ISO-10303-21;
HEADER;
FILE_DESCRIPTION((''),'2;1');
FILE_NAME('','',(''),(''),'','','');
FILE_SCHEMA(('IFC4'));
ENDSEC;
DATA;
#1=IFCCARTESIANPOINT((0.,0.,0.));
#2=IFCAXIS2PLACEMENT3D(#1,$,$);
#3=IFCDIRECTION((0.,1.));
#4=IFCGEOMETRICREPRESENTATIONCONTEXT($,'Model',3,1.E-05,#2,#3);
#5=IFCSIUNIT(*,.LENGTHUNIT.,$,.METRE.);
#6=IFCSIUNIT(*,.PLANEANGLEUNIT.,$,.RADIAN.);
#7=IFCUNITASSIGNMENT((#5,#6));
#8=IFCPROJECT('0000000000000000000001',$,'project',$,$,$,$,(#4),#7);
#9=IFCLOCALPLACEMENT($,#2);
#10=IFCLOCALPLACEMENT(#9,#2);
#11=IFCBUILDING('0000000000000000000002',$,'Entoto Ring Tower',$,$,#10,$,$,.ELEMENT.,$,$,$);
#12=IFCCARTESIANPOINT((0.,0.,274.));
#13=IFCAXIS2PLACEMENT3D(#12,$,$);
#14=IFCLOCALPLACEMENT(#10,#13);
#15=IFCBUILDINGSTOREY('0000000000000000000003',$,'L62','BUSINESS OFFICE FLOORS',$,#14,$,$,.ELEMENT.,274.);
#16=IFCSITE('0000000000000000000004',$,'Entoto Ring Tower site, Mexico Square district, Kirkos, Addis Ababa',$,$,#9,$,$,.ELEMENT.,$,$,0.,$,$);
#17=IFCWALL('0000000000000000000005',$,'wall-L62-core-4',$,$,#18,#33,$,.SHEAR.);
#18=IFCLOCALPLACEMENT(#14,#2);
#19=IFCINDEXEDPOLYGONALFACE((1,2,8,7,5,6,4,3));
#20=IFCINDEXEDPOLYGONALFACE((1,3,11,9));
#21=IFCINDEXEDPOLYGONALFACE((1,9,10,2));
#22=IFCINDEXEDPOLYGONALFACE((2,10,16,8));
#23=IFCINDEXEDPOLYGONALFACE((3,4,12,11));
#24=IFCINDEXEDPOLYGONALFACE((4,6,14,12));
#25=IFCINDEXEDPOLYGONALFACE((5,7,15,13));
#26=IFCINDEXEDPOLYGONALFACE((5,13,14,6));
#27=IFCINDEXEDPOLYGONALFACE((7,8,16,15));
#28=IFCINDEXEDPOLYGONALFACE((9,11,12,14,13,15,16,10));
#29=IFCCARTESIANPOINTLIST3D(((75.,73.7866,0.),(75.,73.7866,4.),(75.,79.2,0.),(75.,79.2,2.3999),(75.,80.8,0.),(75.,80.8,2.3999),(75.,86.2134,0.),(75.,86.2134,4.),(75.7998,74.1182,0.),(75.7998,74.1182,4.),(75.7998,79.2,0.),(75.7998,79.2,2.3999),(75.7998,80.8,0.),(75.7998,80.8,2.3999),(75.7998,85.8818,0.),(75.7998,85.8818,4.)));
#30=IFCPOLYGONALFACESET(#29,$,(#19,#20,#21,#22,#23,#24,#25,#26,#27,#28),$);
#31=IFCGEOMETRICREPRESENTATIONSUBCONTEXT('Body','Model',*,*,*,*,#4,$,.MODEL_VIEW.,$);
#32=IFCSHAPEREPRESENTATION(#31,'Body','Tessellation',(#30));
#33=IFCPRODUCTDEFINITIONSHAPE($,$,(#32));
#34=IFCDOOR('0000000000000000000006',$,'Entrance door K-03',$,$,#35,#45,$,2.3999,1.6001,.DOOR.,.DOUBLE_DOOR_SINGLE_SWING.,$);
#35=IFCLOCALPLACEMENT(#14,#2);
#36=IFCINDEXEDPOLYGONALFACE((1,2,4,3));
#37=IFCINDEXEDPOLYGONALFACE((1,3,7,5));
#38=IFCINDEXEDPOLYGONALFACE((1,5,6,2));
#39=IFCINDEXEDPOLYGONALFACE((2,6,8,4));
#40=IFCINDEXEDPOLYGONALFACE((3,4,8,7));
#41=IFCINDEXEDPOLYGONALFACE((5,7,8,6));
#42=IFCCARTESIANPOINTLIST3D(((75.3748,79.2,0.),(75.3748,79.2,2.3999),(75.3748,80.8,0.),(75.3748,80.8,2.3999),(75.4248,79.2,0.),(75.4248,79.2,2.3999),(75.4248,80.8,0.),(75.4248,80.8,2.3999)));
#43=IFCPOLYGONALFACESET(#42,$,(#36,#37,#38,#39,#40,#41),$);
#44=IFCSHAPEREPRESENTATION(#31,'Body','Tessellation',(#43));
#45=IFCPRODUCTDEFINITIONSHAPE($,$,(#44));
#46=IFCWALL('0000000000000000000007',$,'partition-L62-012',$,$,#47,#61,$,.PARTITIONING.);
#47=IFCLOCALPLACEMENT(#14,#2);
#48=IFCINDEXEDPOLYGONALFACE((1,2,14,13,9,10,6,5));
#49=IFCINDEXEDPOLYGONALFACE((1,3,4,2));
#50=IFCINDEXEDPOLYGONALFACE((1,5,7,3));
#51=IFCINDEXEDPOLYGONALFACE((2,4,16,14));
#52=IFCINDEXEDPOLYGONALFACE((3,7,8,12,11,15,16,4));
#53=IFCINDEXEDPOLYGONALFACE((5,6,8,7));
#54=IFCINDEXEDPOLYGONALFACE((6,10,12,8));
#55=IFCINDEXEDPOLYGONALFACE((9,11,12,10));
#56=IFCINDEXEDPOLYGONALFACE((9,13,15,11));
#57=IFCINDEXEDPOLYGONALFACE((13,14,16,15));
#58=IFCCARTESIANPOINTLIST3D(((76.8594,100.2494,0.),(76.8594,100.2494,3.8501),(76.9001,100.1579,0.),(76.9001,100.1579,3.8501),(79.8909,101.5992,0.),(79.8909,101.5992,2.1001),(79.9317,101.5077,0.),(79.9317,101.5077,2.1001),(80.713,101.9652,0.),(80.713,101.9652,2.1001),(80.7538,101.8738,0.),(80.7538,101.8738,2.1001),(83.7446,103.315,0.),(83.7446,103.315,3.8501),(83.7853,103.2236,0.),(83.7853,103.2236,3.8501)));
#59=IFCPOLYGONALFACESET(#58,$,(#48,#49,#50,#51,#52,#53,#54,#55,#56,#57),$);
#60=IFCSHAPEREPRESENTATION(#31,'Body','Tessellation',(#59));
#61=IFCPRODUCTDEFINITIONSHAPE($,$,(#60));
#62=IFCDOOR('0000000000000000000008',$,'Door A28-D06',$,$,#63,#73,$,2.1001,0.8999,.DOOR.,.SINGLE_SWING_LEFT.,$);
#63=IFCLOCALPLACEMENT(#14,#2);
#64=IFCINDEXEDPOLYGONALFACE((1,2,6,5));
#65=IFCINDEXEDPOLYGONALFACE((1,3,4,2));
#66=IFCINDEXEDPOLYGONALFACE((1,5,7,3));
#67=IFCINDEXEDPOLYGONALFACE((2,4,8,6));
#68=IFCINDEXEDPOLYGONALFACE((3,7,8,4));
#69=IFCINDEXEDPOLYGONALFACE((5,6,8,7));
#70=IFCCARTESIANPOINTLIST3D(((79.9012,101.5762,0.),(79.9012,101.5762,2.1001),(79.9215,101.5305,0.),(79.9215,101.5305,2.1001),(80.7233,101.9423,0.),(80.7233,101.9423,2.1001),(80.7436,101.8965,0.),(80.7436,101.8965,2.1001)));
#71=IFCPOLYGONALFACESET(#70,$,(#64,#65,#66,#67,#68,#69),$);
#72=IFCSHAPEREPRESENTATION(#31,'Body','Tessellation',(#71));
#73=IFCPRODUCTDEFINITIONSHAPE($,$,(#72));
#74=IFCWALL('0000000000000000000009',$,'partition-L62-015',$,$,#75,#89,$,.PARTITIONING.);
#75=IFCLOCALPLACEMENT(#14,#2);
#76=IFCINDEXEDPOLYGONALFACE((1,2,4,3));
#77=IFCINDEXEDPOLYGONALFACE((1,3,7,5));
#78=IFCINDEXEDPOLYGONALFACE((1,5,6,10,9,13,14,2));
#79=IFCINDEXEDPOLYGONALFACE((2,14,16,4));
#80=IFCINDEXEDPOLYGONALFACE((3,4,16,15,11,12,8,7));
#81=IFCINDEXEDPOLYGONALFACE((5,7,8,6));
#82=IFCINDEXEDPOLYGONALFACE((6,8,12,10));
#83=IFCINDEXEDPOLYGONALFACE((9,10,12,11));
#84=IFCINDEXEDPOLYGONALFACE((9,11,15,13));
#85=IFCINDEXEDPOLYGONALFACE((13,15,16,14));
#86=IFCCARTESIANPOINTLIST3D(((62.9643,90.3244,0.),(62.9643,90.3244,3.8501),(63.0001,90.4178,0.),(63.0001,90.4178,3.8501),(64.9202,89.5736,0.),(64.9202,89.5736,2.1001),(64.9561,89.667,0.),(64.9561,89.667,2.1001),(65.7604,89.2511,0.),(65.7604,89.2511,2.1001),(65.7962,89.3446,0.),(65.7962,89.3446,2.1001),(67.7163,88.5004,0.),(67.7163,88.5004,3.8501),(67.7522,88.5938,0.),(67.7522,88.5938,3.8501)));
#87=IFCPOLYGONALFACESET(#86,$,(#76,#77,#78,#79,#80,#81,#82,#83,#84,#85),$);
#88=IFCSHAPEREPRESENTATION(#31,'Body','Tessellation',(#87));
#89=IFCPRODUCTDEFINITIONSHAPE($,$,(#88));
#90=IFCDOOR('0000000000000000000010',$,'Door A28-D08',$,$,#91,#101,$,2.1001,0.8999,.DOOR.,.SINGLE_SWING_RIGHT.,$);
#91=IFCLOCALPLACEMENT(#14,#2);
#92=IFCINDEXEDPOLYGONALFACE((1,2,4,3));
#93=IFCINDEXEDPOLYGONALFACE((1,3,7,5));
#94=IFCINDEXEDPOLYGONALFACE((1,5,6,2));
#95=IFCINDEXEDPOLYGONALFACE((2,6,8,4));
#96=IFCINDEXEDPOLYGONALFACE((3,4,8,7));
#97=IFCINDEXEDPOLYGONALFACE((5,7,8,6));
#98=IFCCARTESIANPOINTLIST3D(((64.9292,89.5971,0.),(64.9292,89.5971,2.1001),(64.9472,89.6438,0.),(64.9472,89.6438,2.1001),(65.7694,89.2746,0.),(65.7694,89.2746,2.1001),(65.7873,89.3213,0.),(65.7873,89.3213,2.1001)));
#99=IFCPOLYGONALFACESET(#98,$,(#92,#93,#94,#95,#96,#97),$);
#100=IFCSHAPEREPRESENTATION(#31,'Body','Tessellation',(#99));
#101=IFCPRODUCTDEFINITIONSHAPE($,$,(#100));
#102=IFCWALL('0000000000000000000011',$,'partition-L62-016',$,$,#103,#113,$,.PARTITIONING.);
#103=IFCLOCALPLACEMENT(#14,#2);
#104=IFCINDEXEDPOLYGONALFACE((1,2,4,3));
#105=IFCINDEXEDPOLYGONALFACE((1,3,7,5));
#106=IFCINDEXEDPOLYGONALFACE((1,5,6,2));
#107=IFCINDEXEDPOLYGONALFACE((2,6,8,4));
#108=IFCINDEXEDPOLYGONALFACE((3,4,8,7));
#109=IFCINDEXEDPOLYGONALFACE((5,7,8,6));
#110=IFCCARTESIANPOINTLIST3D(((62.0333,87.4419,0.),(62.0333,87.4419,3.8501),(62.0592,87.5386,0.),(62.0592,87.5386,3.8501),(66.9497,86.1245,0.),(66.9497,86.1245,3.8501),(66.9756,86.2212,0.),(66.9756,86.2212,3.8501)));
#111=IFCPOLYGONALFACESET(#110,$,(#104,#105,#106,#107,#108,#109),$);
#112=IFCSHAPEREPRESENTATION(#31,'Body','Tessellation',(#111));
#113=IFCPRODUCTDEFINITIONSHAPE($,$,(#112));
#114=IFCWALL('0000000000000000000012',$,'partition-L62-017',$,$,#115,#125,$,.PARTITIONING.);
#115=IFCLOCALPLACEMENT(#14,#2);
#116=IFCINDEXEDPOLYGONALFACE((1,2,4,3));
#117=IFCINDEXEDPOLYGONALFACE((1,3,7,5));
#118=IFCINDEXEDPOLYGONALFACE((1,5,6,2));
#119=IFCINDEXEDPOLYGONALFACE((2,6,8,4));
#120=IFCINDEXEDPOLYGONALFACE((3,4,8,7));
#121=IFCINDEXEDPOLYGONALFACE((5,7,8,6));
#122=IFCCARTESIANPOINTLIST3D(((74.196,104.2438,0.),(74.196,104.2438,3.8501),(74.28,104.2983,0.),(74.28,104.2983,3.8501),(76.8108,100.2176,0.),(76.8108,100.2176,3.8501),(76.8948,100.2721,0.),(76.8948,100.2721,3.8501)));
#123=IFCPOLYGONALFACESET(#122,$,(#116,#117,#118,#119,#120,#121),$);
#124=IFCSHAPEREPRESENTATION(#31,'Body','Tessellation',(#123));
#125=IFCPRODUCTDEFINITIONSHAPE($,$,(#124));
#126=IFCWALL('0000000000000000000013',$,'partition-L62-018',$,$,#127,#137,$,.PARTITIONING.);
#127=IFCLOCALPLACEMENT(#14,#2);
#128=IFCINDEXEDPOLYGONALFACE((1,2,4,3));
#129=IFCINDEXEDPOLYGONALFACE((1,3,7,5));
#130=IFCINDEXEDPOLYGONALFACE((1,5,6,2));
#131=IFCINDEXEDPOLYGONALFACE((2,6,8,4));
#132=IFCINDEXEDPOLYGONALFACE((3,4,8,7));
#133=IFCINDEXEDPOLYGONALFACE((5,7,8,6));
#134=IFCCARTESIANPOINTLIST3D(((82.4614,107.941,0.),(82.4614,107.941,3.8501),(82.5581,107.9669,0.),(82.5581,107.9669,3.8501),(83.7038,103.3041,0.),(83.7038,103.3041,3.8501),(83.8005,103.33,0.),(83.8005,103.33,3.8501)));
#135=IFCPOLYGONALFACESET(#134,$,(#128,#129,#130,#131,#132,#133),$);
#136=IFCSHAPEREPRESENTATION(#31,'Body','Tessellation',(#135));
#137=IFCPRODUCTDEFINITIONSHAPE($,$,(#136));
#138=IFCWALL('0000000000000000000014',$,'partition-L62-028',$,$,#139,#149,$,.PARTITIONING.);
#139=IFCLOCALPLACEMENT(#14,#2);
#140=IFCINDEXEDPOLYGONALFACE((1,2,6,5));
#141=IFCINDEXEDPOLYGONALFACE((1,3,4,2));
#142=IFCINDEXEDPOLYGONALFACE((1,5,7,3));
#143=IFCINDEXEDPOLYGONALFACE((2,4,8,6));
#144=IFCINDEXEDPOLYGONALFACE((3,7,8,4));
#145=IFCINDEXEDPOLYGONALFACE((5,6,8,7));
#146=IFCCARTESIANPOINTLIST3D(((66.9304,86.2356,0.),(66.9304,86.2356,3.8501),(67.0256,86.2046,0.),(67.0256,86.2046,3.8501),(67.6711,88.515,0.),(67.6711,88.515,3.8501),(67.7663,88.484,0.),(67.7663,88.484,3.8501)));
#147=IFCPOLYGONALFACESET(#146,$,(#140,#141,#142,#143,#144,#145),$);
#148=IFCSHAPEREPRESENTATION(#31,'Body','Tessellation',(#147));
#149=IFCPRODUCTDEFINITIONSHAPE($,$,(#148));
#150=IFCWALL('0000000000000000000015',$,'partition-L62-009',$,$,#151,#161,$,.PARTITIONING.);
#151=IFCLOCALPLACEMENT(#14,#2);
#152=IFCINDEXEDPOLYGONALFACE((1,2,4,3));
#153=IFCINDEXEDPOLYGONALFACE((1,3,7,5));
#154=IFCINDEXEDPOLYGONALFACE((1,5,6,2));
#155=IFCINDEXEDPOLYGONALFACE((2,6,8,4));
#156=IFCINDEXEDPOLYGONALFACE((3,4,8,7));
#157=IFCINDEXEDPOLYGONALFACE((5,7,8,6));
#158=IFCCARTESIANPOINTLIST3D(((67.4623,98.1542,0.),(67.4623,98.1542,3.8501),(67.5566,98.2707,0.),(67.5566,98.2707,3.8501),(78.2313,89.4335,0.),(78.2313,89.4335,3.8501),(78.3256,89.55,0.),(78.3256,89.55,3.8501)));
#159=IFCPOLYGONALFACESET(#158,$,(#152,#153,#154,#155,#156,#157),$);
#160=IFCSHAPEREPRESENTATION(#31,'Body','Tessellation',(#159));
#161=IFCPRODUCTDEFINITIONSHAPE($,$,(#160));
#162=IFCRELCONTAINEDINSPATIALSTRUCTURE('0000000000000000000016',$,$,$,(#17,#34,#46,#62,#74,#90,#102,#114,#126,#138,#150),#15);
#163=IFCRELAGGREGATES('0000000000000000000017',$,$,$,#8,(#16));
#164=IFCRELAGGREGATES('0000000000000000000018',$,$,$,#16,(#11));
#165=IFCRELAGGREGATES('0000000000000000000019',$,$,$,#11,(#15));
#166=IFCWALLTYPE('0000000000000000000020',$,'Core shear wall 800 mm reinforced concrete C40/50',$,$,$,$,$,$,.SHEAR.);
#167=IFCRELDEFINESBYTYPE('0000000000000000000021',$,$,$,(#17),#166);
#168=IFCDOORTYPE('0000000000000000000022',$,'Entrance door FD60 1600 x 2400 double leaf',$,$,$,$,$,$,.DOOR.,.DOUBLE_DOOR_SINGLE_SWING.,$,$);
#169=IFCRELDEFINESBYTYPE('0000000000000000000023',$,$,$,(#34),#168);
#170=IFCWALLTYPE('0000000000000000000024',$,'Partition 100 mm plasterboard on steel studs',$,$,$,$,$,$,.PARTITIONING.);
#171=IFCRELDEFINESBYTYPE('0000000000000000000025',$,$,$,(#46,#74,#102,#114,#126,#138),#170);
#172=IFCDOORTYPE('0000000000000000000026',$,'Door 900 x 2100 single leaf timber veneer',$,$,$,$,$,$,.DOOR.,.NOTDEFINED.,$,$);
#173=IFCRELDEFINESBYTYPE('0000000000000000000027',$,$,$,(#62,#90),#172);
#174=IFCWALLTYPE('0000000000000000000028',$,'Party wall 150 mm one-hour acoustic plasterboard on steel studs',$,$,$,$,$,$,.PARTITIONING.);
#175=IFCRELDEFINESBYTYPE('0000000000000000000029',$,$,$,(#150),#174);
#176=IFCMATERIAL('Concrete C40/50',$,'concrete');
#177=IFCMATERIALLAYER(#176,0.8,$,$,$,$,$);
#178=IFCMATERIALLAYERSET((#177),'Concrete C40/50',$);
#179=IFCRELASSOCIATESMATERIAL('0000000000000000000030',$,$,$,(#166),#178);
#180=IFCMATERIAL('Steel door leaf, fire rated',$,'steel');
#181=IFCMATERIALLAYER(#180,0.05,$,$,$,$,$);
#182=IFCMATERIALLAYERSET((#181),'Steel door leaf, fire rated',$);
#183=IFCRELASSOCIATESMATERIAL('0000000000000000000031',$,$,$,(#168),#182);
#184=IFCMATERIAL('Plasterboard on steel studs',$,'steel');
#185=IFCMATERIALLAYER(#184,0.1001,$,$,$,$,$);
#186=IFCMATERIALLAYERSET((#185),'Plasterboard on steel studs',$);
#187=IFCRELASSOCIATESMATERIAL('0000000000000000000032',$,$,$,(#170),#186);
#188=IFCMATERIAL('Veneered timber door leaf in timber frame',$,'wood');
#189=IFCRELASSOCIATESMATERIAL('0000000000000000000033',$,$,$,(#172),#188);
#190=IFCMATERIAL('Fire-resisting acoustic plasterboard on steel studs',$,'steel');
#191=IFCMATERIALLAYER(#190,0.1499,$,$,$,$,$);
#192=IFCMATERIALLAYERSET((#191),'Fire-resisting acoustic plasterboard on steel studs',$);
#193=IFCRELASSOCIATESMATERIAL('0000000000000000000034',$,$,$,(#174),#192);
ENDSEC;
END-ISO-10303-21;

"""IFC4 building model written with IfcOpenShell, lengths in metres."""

from ifc_helpers import new_model, si_unit, direction, frame, frame_2d, origin, place, context, subcontext, project, spatial, polyline, rectangle, outline, extrude, material, layer, layer_set, type_object, element, fill, save


model = new_model("IFC4")

# Units and contexts
model_context = context("Model", 3, precision=1e-05, world=origin(), true_north=direction((0.0, 1.0)))
body_context = subcontext(model_context, "Body", "Model", "MODEL_VIEW")
ifc_project = project(units=[si_unit("LENGTHUNIT", "METRE"), si_unit("PLANEANGLEUNIT", "RADIAN")], contexts=[model_context])

# Site, building, storey
site_placement = place(None, origin())
site = spatial("IfcSite", under=ifc_project, at=site_placement, Name="Entoto Ring Tower site, Mexico Square district, Kirkos, Addis Ababa", CompositionType="ELEMENT", RefElevation=0.0)
building_placement = place(site_placement, origin())
building = spatial("IfcBuilding", under=site, at=building_placement, Name="Entoto Ring Tower", CompositionType="ELEMENT")
storey_placement = place(building_placement, frame((0.0, 0.0, 274.0)))
storey = spatial("IfcBuildingStorey", under=building, at=storey_placement, Name="L62", Description="BUSINESS OFFICE FLOORS", CompositionType="ELEMENT", Elevation=274.0)

# Shared definitions
ifc_material_1 = material(Name="Concrete C40/50", Category="concrete")
ifc_layer_1 = layer(ifc_material_1, 0.8)
ifc_layer_set_1 = layer_set([ifc_layer_1], Name="Concrete C40/50")
wall_type_1 = type_object("IfcWallType", Name="Core shear wall 800 mm reinforced concrete C40/50", PredefinedType="SHEAR", material=ifc_layer_set_1)

# Walls, openings, doors
wall_1_placement = place(storey_placement, frame((75.3999, 86.0476, 0.0), z_axis=(0.0, 0.0, 1.0), x_axis=(0.0, -1.0, 0.0)))
wall_1 = element("IfcWall", 1, at=wall_1_placement, inside=storey, type_object=wall_type_1, Name="wall-L62-core-4", PredefinedType="SHEAR", context=body_context, shape_type="SweptSolid", body=[
    extrude(outline(polyline([(-0.1658, -0.3999), (12.261, -0.3999), (11.9294, 0.3999), (0.1658, 0.3999), (-0.1658, -0.3999)])), origin(), (0.0, 0.0, 1.0), 4.0),
])
opening_1_placement = place(wall_1_placement, frame((5.2476, 0.0, 0.0)))
opening_1 = element("IfcOpeningElement", 2, at=opening_1_placement, cuts=wall_1, PredefinedType="OPENING", context=body_context, shape_type="SweptSolid", body=[
    extrude(rectangle(XDim=1.6001, YDim=2.3999, at=frame_2d((0.8, 1.2))), frame((0.0, 0.4102, 0.0), z_axis=(0.0, -1.0, 0.0), x_axis=(1.0, 0.0, 0.0)), (0.0, 0.0, 1.0), 0.8201),
])
ifc_material_2 = material(Name="Steel door leaf, fire rated", Category="steel")
ifc_layer_2 = layer(ifc_material_2, 0.05)
ifc_layer_set_2 = layer_set([ifc_layer_2], Name="Steel door leaf, fire rated")
door_type_1 = type_object("IfcDoorType", Name="Entrance door FD60 1600 x 2400 double leaf", OperationType="DOUBLE_DOOR_SINGLE_SWING", PredefinedType="DOOR", material=ifc_layer_set_2)
door_1_placement = place(opening_1_placement, origin())
door_1 = element("IfcDoor", 3, at=door_1_placement, inside=storey, type_object=door_type_1, Name="Entrance door K-03", OperationType="DOUBLE_DOOR_SINGLE_SWING", OverallHeight=2.3999, OverallWidth=1.6001, PredefinedType="DOOR", context=body_context, shape_type="SweptSolid", body=[
    extrude(rectangle(XDim=1.6001, YDim=2.3999, at=frame_2d((0.8, 1.2))), frame((0.0, 0.0249, 0.0), z_axis=(0.0, -1.0, 0.0), x_axis=(1.0, 0.0, 0.0)), (0.0, 0.0, 1.0), 0.05),
])
fill(opening_1, door_1)
ifc_material_3 = material(Name="Plasterboard on steel studs", Category="steel")
ifc_layer_3 = layer(ifc_material_3, 0.1001)
ifc_layer_set_3 = layer_set([ifc_layer_3], Name="Plasterboard on steel studs")
wall_type_2 = type_object("IfcWallType", Name="Partition 100 mm plasterboard on steel studs", PredefinedType="PARTITIONING", material=ifc_layer_set_3)
wall_2_placement = place(storey_placement, frame((76.8796, 100.2036, 0.0), z_axis=(0.0, 0.0, 1.0), x_axis=(0.913538, 0.406755, 0.0)))
wall_2 = element("IfcWall", 4, at=wall_2_placement, inside=storey, type_object=wall_type_2, Name="partition-L62-012", PredefinedType="PARTITIONING", context=body_context, shape_type="SweptSolid", body=[
    extrude(rectangle(XDim=7.5369, YDim=0.1001, at=frame_2d((3.7686, 0.0))), origin(), (0.0, 0.0, 1.0), 3.8501),
])
opening_2_placement = place(wall_2_placement, frame((3.3186, 0.0, 0.0)))
opening_2 = element("IfcOpeningElement", 5, at=opening_2_placement, cuts=wall_2, PredefinedType="OPENING", context=body_context, shape_type="SweptSolid", body=[
    extrude(rectangle(XDim=0.8999, YDim=2.1001, at=frame_2d((0.45, 1.05))), frame((0.0, 0.0601, 0.0), z_axis=(0.0, -1.0, 0.0), x_axis=(1.0, 0.0, 0.0)), (0.0, 0.0, 1.0), 0.1201),
])
ifc_material_4 = material(Name="Veneered timber door leaf in timber frame", Category="wood")
door_type_2 = type_object("IfcDoorType", Name="Door 900 x 2100 single leaf timber veneer", OperationType="NOTDEFINED", PredefinedType="DOOR", material=ifc_material_4)
door_2_placement = place(opening_2_placement, origin())
door_2 = element("IfcDoor", 6, at=door_2_placement, inside=storey, type_object=door_type_2, Name="Door A28-D06", OperationType="SINGLE_SWING_LEFT", OverallHeight=2.1001, OverallWidth=0.8999, PredefinedType="DOOR", context=body_context, shape_type="SweptSolid", body=[
    extrude(rectangle(XDim=0.8999, YDim=2.1001, at=frame_2d((0.45, 1.05))), frame((0.0, 0.0249, 0.0), z_axis=(0.0, -1.0, 0.0), x_axis=(1.0, 0.0, 0.0)), (0.0, 0.0, 1.0), 0.05),
])
fill(opening_2, door_2)
wall_3_placement = place(storey_placement, frame((67.7341, 88.5471, 0.0), z_axis=(0.0, 0.0, 1.0), x_axis=(-0.933589, 0.358346, 0.0)))
wall_3 = element("IfcWall", 7, at=wall_3_placement, inside=storey, type_object=wall_type_2, Name="partition-L62-015", PredefinedType="PARTITIONING", context=body_context, shape_type="SweptSolid", body=[
    extrude(rectangle(XDim=5.0901, YDim=0.1001, at=frame_2d((2.5449, 0.0))), origin(), (0.0, 0.0, 1.0), 3.8501),
])
opening_3_placement = place(wall_3_placement, frame((2.095, 0.0, 0.0)))
opening_3 = element("IfcOpeningElement", 8, at=opening_3_placement, cuts=wall_3, PredefinedType="OPENING", context=body_context, shape_type="SweptSolid", body=[
    extrude(rectangle(XDim=0.8999, YDim=2.1001, at=frame_2d((0.45, 1.05))), frame((0.0, 0.0601, 0.0), z_axis=(0.0, -1.0, 0.0), x_axis=(1.0, 0.0, 0.0)), (0.0, 0.0, 1.0), 0.1201),
])
door_3_placement = place(opening_3_placement, origin())
door_3 = element("IfcDoor", 9, at=door_3_placement, inside=storey, type_object=door_type_2, Name="Door A28-D08", OperationType="SINGLE_SWING_RIGHT", OverallHeight=2.1001, OverallWidth=0.8999, PredefinedType="DOOR", context=body_context, shape_type="SweptSolid", body=[
    extrude(rectangle(XDim=0.8999, YDim=2.1001, at=frame_2d((0.45, 1.05))), frame((0.0, 0.0249, 0.0), z_axis=(0.0, -1.0, 0.0), x_axis=(1.0, 0.0, 0.0)), (0.0, 0.0, 1.0), 0.05),
])
fill(opening_3, door_3)

# Walls
wall_4_placement = place(storey_placement, frame((66.9626, 86.1729, 0.0), z_axis=(0.0, 0.0, 1.0), x_axis=(-0.965925, 0.258821, 0.0)))
element("IfcWall", 10, at=wall_4_placement, inside=storey, type_object=wall_type_2, Name="partition-L62-016", PredefinedType="PARTITIONING", context=body_context, shape_type="SweptSolid", body=[
    extrude(rectangle(XDim=5.0898, YDim=0.1001, at=frame_2d((2.5449, 0.0))), origin(), (0.0, 0.0, 1.0), 3.8501),
])
wall_5_placement = place(storey_placement, frame((76.8528, 100.2449, 0.0), z_axis=(0.0, 0.0, 1.0), x_axis=(-0.544661, 0.838656, 0.0)))
element("IfcWall", 11, at=wall_5_placement, inside=storey, type_object=wall_type_2, Name="partition-L62-017", PredefinedType="PARTITIONING", context=body_context, shape_type="SweptSolid", body=[
    extrude(rectangle(XDim=4.8008, YDim=0.1001, at=frame_2d((2.4004, 0.0))), origin(), (0.0, 0.0, 1.0), 3.8501),
])
wall_6_placement = place(storey_placement, frame((83.7522, 103.3169, 0.0), z_axis=(0.0, 0.0, 1.0), x_axis=(-0.258811, 0.965928, 0.0)))
element("IfcWall", 12, at=wall_6_placement, inside=storey, type_object=wall_type_2, Name="partition-L62-018", PredefinedType="PARTITIONING", context=body_context, shape_type="SweptSolid", body=[
    extrude(rectangle(XDim=4.8005, YDim=0.1001, at=frame_2d((2.4004, 0.0))), origin(), (0.0, 0.0, 1.0), 3.8501),
])
wall_7_placement = place(storey_placement, frame((66.978, 86.2202, 0.0), z_axis=(0.0, 0.0, 1.0), x_axis=(0.309068, 0.95104, 0.0)))
element("IfcWall", 13, at=wall_7_placement, inside=storey, type_object=wall_type_2, Name="partition-L62-028", PredefinedType="PARTITIONING", context=body_context, shape_type="SweptSolid", body=[
    extrude(rectangle(XDim=2.3967, YDim=0.1001, at=frame_2d((1.1982, 0.0))), origin(), (0.0, 0.0, 1.0), 3.8501),
])
ifc_material_5 = material(Name="Fire-resisting acoustic plasterboard on steel studs", Category="steel")
ifc_layer_4 = layer(ifc_material_5, 0.1499)
ifc_layer_set_4 = layer_set([ifc_layer_4], Name="Fire-resisting acoustic plasterboard on steel studs")
wall_type_3 = type_object("IfcWallType", Name="Party wall 150 mm one-hour acoustic plasterboard on steel studs", PredefinedType="PARTITIONING", material=ifc_layer_set_4)
wall_8_placement = place(storey_placement, frame((78.2786, 89.4917, 0.0), z_axis=(0.0, 0.0, 1.0), x_axis=(-0.777142, 0.629325, 0.0)))
element("IfcWall", 14, at=wall_8_placement, inside=storey, type_object=wall_type_3, Name="partition-L62-009", PredefinedType="PARTITIONING", context=body_context, shape_type="SweptSolid", body=[
    extrude(rectangle(XDim=13.8572, YDim=0.1499, at=frame_2d((6.9287, 0.0))), origin(), (0.0, 0.0, 1.0), 3.8501),
])

save(model, "model.ifc")
